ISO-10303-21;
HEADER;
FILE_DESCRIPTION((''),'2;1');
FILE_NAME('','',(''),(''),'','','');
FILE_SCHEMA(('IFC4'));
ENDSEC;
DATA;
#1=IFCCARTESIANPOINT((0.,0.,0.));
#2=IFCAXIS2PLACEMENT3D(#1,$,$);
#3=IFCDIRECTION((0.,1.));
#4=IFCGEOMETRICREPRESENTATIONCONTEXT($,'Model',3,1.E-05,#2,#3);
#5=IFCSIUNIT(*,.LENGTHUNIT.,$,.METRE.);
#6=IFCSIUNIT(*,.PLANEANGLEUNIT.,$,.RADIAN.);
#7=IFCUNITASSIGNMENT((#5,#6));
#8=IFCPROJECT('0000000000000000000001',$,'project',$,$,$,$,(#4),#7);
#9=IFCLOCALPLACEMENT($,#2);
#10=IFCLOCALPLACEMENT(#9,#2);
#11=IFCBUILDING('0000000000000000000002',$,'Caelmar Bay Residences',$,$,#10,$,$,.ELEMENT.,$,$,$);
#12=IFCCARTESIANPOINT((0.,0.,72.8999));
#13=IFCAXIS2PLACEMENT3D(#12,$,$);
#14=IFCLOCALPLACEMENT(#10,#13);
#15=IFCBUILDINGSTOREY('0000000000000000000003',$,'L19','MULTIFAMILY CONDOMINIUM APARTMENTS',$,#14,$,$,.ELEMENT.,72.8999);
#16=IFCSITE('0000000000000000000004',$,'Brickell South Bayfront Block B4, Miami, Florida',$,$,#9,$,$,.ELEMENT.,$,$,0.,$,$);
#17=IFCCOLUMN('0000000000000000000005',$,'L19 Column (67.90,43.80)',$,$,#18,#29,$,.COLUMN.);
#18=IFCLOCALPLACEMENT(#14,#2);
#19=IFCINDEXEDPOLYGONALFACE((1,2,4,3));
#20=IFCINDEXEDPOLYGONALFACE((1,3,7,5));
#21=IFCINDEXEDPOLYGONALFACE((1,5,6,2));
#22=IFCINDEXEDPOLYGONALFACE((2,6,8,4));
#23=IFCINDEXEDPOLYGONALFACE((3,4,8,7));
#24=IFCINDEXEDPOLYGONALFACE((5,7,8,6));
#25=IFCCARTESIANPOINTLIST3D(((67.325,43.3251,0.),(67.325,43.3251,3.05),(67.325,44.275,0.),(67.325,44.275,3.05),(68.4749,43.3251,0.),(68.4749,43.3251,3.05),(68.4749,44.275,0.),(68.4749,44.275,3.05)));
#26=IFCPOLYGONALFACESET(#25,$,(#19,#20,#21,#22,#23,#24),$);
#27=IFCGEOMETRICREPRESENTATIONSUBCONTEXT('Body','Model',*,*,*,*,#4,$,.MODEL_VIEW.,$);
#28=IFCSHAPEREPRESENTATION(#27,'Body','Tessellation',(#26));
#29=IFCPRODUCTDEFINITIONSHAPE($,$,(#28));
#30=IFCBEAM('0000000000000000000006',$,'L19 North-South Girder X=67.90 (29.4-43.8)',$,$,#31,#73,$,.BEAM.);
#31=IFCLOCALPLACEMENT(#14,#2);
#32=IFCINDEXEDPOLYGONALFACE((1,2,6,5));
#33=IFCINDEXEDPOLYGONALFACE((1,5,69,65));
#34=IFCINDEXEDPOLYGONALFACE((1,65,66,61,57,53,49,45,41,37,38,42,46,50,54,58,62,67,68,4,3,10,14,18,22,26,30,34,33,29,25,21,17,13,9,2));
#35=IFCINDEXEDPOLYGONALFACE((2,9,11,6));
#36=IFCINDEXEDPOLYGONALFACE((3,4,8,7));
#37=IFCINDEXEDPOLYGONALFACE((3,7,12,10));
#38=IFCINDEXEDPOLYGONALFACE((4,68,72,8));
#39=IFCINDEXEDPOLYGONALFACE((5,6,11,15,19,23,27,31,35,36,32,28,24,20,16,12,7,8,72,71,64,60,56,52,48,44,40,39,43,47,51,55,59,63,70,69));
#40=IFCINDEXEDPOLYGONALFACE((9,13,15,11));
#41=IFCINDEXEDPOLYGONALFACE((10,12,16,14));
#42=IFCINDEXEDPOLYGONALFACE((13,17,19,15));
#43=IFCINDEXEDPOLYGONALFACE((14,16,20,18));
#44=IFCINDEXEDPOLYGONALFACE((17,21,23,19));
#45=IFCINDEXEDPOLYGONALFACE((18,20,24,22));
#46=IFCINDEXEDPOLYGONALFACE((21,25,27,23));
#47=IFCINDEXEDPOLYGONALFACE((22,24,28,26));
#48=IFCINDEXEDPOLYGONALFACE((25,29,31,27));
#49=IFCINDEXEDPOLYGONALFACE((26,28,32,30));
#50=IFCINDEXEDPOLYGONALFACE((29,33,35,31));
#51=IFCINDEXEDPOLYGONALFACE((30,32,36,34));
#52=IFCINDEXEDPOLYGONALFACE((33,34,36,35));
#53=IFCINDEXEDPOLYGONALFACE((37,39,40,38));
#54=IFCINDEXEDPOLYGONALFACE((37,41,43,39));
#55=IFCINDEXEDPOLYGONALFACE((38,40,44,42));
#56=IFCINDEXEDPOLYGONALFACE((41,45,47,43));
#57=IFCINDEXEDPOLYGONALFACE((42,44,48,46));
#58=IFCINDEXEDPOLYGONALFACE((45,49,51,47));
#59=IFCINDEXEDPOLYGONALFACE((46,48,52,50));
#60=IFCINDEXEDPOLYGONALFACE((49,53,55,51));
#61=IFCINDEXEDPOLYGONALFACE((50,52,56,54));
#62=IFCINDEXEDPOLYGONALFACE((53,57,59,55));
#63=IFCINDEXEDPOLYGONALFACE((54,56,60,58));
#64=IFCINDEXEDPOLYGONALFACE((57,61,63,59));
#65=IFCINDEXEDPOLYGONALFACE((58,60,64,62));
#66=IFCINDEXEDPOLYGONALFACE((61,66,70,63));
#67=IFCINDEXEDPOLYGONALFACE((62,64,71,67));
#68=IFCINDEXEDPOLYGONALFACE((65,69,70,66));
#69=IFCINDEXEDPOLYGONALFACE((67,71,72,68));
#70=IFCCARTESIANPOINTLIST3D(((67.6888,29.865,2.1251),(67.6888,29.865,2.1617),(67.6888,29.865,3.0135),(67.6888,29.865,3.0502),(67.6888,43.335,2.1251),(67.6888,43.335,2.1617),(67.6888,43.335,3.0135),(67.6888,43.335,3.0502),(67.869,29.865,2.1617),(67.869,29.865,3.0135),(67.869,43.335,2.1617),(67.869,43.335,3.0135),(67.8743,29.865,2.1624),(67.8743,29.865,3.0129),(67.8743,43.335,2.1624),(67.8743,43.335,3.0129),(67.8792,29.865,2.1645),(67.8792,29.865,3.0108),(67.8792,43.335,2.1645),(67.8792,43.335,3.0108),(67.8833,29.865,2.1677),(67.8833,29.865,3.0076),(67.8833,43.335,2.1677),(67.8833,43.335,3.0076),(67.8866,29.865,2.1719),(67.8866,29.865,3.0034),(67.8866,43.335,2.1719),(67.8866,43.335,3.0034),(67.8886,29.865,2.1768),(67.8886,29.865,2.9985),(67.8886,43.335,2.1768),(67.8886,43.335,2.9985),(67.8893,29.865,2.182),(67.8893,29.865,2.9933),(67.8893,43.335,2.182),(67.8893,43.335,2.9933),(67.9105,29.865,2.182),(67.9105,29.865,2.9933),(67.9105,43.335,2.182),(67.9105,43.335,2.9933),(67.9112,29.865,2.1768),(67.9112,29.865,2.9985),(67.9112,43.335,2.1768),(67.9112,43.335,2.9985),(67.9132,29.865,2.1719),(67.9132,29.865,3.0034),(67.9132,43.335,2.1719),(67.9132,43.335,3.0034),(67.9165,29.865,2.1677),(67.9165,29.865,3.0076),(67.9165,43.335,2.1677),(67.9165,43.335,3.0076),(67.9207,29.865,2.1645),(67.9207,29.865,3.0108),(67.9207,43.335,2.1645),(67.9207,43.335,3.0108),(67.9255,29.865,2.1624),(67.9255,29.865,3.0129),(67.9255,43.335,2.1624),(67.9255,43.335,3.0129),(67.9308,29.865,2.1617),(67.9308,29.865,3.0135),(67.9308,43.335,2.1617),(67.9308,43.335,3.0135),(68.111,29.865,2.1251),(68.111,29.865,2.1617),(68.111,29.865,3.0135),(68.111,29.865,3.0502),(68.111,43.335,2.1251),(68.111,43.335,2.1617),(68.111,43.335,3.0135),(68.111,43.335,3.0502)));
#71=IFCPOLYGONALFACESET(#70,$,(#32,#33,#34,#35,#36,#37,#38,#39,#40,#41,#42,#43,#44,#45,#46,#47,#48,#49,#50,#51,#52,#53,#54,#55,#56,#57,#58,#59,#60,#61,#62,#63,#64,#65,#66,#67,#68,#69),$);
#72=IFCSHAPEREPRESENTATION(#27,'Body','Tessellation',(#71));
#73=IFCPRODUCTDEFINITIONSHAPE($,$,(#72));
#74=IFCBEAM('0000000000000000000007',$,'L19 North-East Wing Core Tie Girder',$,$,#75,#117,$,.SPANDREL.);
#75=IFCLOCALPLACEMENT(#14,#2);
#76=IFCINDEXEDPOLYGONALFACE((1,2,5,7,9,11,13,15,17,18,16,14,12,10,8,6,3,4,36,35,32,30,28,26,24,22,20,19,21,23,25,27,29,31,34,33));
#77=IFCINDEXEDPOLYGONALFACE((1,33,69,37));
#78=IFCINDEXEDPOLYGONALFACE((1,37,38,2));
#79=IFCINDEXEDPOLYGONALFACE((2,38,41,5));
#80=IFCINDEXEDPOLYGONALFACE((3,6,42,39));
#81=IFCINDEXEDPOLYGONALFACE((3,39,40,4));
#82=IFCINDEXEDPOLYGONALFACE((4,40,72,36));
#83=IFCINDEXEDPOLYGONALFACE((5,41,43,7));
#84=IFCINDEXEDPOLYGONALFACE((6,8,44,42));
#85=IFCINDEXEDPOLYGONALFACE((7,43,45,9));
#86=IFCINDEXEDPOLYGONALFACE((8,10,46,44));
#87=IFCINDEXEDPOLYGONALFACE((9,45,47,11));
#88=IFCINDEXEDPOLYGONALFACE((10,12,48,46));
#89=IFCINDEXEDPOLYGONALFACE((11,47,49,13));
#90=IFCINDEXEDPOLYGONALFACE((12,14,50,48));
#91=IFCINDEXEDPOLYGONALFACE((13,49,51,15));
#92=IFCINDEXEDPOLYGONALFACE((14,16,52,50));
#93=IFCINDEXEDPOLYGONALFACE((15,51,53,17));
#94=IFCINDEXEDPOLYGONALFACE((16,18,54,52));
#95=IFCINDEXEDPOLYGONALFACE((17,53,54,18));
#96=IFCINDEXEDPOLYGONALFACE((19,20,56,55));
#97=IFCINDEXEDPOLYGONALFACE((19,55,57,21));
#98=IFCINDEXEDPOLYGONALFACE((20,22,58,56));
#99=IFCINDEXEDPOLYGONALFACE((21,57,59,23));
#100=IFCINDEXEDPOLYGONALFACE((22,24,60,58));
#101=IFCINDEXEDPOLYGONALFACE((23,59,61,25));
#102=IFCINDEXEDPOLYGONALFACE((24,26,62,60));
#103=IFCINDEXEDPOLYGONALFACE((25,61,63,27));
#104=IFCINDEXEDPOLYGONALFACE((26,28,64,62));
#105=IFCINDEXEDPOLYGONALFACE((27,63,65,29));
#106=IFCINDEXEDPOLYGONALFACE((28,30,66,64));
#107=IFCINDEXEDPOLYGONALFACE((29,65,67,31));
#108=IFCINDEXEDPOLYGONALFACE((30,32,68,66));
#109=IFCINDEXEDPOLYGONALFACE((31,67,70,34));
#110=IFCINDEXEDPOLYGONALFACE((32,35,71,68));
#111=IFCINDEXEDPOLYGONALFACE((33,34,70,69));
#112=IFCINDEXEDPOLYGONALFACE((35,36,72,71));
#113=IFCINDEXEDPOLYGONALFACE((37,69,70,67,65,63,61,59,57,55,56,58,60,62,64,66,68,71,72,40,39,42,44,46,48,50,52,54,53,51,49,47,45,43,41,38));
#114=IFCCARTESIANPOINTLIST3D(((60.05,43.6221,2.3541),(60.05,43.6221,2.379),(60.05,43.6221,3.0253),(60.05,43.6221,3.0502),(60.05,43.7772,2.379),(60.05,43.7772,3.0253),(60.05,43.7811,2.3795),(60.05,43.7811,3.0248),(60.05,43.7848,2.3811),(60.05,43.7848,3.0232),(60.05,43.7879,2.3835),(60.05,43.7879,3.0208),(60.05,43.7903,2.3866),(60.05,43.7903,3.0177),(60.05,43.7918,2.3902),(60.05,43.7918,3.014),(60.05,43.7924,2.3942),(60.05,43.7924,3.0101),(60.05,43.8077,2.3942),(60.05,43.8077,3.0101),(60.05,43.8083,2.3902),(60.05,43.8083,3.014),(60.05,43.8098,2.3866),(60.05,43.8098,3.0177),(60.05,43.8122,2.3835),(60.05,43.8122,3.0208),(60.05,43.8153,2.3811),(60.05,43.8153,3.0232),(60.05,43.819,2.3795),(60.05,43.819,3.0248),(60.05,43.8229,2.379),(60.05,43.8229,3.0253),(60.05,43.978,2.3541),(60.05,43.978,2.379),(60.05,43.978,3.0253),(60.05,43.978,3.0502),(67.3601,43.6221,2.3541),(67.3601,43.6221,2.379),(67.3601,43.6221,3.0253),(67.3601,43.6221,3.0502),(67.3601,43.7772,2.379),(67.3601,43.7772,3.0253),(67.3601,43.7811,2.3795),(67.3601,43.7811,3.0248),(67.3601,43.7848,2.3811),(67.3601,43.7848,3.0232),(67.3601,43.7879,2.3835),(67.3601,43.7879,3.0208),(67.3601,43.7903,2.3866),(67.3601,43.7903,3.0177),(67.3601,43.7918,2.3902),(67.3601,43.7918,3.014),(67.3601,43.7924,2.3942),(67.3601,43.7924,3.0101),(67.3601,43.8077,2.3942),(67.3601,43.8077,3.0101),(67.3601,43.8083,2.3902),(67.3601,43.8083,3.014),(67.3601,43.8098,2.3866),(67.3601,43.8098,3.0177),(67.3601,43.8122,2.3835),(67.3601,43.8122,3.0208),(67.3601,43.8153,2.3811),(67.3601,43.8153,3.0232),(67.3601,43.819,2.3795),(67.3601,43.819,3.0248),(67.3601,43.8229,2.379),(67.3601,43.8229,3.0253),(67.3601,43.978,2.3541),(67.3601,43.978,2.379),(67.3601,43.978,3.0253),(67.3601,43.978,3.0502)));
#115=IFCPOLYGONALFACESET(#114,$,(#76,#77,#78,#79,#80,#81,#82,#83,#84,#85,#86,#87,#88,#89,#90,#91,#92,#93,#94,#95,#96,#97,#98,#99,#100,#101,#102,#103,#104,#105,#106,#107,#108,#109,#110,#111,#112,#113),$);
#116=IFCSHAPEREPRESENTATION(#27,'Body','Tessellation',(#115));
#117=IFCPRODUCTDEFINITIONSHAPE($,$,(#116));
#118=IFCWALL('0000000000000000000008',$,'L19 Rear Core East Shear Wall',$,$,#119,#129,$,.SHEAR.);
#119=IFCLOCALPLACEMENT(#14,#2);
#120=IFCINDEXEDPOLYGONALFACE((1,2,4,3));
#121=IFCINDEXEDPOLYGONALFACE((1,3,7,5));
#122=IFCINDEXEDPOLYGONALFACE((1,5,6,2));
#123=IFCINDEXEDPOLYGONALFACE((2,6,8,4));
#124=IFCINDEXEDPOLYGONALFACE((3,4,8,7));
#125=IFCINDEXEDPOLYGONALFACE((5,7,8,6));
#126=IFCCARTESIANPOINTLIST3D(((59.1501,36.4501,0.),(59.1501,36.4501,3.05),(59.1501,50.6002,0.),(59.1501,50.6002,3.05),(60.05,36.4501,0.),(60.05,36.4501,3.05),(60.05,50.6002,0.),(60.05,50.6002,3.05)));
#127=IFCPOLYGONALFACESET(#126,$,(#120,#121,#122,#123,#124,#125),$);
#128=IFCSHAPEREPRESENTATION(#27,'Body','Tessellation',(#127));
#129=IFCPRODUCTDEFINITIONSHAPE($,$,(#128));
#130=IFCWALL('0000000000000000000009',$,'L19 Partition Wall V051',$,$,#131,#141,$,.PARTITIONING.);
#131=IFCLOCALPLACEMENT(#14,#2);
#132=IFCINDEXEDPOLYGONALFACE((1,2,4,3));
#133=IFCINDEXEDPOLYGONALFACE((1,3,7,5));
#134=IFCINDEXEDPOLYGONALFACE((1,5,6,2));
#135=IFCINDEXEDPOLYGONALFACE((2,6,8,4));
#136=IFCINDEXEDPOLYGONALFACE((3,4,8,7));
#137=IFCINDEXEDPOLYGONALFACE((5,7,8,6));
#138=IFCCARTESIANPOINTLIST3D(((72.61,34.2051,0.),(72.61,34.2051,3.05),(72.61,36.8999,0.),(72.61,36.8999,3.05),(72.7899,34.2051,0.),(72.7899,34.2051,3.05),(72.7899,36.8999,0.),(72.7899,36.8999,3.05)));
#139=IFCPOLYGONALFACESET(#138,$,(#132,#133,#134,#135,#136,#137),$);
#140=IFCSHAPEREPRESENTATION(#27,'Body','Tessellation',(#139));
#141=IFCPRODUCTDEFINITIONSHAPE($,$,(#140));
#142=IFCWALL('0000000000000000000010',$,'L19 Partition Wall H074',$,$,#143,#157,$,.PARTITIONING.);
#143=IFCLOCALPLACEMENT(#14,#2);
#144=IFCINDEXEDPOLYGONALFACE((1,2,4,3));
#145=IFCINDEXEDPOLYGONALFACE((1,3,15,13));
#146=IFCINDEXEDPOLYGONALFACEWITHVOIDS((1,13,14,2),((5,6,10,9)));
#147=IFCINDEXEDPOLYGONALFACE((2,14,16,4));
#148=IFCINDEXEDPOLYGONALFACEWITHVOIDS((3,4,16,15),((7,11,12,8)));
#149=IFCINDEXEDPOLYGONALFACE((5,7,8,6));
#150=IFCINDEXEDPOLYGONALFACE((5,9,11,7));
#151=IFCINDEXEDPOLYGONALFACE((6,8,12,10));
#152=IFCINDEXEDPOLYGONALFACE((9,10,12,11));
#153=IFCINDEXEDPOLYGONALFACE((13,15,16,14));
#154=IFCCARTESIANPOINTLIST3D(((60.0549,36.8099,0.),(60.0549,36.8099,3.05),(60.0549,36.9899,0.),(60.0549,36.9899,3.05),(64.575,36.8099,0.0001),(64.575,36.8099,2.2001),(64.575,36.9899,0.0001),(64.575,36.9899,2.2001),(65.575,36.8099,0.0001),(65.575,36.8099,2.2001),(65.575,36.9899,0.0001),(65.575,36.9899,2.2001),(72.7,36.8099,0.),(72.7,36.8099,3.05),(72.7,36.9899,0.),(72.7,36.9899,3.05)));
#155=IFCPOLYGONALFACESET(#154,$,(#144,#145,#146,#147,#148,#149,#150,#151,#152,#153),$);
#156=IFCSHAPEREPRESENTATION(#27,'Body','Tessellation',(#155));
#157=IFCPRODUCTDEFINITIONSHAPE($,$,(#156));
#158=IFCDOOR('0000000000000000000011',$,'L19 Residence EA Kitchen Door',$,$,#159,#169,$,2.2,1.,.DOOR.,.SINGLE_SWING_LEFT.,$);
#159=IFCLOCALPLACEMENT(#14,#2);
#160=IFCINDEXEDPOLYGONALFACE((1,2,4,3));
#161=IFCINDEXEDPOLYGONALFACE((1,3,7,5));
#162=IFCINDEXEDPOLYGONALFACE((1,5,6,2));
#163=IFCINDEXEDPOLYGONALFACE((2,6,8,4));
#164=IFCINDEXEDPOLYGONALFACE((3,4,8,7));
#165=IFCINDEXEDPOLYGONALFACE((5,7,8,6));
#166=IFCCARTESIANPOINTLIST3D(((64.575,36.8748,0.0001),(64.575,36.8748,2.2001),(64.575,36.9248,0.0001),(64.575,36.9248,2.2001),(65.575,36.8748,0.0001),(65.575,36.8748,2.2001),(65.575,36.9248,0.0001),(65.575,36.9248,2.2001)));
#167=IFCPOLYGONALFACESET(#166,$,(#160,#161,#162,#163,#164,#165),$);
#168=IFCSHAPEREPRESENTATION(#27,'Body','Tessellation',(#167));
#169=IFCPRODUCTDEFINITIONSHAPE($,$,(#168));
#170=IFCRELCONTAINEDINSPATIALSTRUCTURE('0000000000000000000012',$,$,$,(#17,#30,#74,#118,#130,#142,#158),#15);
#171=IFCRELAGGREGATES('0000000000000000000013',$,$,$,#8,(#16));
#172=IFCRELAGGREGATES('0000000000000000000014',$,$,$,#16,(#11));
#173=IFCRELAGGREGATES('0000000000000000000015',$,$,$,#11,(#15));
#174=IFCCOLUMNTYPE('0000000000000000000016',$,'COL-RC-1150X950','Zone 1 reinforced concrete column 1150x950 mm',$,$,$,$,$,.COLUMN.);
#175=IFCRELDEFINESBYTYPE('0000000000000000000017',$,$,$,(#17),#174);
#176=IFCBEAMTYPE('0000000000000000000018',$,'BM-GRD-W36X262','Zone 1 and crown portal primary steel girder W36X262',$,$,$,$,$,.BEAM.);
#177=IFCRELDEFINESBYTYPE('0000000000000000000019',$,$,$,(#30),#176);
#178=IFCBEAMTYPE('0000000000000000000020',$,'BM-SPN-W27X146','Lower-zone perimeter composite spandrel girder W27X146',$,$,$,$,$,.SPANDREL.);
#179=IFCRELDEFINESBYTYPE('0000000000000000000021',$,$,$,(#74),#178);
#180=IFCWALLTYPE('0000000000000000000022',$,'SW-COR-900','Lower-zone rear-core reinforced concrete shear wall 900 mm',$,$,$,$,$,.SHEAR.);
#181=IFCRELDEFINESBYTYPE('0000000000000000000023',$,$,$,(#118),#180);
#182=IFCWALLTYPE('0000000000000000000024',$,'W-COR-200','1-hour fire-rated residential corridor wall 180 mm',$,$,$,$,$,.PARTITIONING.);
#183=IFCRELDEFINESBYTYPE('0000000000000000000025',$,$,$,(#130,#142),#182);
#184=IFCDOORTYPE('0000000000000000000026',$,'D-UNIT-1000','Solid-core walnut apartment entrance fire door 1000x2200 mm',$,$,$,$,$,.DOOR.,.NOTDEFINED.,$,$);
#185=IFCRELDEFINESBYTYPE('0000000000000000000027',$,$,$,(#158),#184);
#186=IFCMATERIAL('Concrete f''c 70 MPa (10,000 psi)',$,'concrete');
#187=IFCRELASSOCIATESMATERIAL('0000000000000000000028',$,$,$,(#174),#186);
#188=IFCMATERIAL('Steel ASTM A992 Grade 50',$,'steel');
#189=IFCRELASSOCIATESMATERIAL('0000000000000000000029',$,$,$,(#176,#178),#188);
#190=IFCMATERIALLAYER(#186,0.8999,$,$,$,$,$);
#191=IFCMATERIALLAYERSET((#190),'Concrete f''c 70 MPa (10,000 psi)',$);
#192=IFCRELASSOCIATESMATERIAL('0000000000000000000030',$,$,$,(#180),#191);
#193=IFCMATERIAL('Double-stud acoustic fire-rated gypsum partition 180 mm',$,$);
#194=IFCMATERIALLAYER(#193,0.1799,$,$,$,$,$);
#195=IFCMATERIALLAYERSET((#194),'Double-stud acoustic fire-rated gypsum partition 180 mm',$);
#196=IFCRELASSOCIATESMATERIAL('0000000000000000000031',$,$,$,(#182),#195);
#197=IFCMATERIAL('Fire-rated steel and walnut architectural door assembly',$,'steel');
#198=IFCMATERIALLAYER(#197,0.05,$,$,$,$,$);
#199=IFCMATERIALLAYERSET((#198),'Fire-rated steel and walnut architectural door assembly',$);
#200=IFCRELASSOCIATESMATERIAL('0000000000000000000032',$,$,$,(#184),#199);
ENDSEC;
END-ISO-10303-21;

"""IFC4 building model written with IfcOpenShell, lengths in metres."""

from ifc_helpers import new_model, si_unit, direction, frame, frame_2d, origin, origin_2d, place, context, subcontext, project, spatial, rectangle, i_section, extrude, material, layer, layer_set, material_profile, profile_set, type_object, element, fill, save


model = new_model("IFC4")

# Units and contexts
model_context = context("Model", 3, precision=1e-05, world=origin(), true_north=direction((0.0, 1.0)))
body_context = subcontext(model_context, "Body", "Model", "MODEL_VIEW")
ifc_project = project(units=[si_unit("LENGTHUNIT", "METRE"), si_unit("PLANEANGLEUNIT", "RADIAN")], contexts=[model_context])

# Site, building, storey
site_placement = place(None, origin())
site = spatial("IfcSite", under=ifc_project, at=site_placement, Name="Brickell South Bayfront Block B4, Miami, Florida", CompositionType="ELEMENT", RefElevation=0.0)
building_placement = place(site_placement, origin())
building = spatial("IfcBuilding", under=site, at=building_placement, Name="Caelmar Bay Residences", CompositionType="ELEMENT")
storey_placement = place(building_placement, frame((0.0, 0.0, 72.8999)))
storey = spatial("IfcBuildingStorey", under=building, at=storey_placement, Name="L19", Description="MULTIFAMILY CONDOMINIUM APARTMENTS", CompositionType="ELEMENT", Elevation=72.8999)

# Column
ifc_material_1 = material(Name="Concrete f'c 70 MPa (10,000 psi)", Category="concrete")
ifc_material_profile_1 = material_profile(ifc_material_1, rectangle(XDim=1.1499, YDim=0.95, at=origin_2d()), Name="RC-COL-1150X950")
ifc_profile_set_1 = profile_set([ifc_material_profile_1], Name="Concrete f'c 70 MPa (10,000 psi)")
column_type = type_object("IfcColumnType", Name="COL-RC-1150X950", Description="Zone 1 reinforced concrete column 1150x950 mm", PredefinedType="COLUMN", material=ifc_profile_set_1)
column_placement = place(storey_placement, frame((67.8999, 43.8, 0.0), z_axis=(0.0, 0.0, 1.0), x_axis=(1.0, 0.0, 0.0)))
element("IfcColumn", 1, at=column_placement, inside=storey, type_object=column_type, Name="L19 Column (67.90,43.80)", PredefinedType="COLUMN", context=body_context, shape_type="SweptSolid", body=[
    extrude(rectangle(XDim=1.1499, YDim=0.95, at=origin_2d()), origin(), (0.0, 0.0, 1.0), 3.05),
])

# Beams
ifc_material_2 = material(Name="Steel ASTM A992 Grade 50", Category="steel")
ifc_material_profile_2 = material_profile(ifc_material_2, i_section(OverallWidth=0.4221, OverallDepth=0.925, WebThickness=0.0212, FlangeThickness=0.0366, FilletRadius=0.0203, at=origin_2d()), Name="W36X262")
ifc_profile_set_2 = profile_set([ifc_material_profile_2], Name="Steel ASTM A992 Grade 50")
beam_type_1 = type_object("IfcBeamType", Name="BM-GRD-W36X262", Description="Zone 1 and crown portal primary steel girder W36X262", PredefinedType="BEAM", material=ifc_profile_set_2)
beam_1_placement = place(storey_placement, frame((67.8999, 29.865, 2.5876), z_axis=(0.0, 1.0, 0.0), x_axis=(-1.0, 0.0, 0.0)))
element("IfcBeam", 2, at=beam_1_placement, inside=storey, type_object=beam_type_1, Name="L19 North-South Girder X=67.90 (29.4-43.8)", PredefinedType="BEAM", context=body_context, shape_type="SweptSolid", body=[
    extrude(i_section(OverallWidth=0.4221, OverallDepth=0.925, WebThickness=0.0212, FlangeThickness=0.0366, FilletRadius=0.0203, at=origin_2d()), origin(), (0.0, 0.0, 1.0), 13.47),
])
ifc_material_profile_3 = material_profile(ifc_material_2, i_section(OverallWidth=0.356, OverallDepth=0.696, WebThickness=0.0154, FlangeThickness=0.0249, FilletRadius=0.0151, at=origin_2d()), Name="W27X146")
ifc_profile_set_3 = profile_set([ifc_material_profile_3], Name="Steel ASTM A992 Grade 50")
beam_type_2 = type_object("IfcBeamType", Name="BM-SPN-W27X146", Description="Lower-zone perimeter composite spandrel girder W27X146", PredefinedType="SPANDREL", material=ifc_profile_set_3)
beam_2_placement = place(storey_placement, frame((60.05, 43.8, 2.7021), z_axis=(1.0, 0.0, 0.0), x_axis=(0.0, 1.0, 0.0)))
element("IfcBeam", 3, at=beam_2_placement, inside=storey, type_object=beam_type_2, Name="L19 North-East Wing Core Tie Girder", PredefinedType="SPANDREL", context=body_context, shape_type="SweptSolid", body=[
    extrude(i_section(OverallWidth=0.356, OverallDepth=0.696, WebThickness=0.0154, FlangeThickness=0.0249, FilletRadius=0.0151, at=origin_2d()), origin(), (0.0, 0.0, 1.0), 7.3101),
])

# Walls
ifc_layer_1 = layer(ifc_material_1, 0.8999)
ifc_layer_set_1 = layer_set([ifc_layer_1], Name="Concrete f'c 70 MPa (10,000 psi)")
wall_type_1 = type_object("IfcWallType", Name="SW-COR-900", Description="Lower-zone rear-core reinforced concrete shear wall 900 mm", PredefinedType="SHEAR", material=ifc_layer_set_1)
wall_1_placement = place(storey_placement, frame((59.6001, 36.45, 0.0), z_axis=(0.0, 0.0, 1.0), x_axis=(0.0, 1.0, 0.0)))
element("IfcWall", 4, at=wall_1_placement, inside=storey, type_object=wall_type_1, Name="L19 Rear Core East Shear Wall", PredefinedType="SHEAR", context=body_context, shape_type="SweptSolid", body=[
    extrude(rectangle(XDim=14.1501, YDim=0.8999, at=frame_2d((7.0752, 0.0))), origin(), (0.0, 0.0, 1.0), 3.05),
])
ifc_material_3 = material(Name="Double-stud acoustic fire-rated gypsum partition 180 mm")
ifc_layer_2 = layer(ifc_material_3, 0.1799)
ifc_layer_set_2 = layer_set([ifc_layer_2], Name="Double-stud acoustic fire-rated gypsum partition 180 mm")
wall_type_2 = type_object("IfcWallType", Name="W-COR-200", Description="1-hour fire-rated residential corridor wall 180 mm", PredefinedType="PARTITIONING", material=ifc_layer_set_2)
wall_2_placement = place(storey_placement, frame((72.7, 34.2051, 0.0), z_axis=(0.0, 0.0, 1.0), x_axis=(0.0, 1.0, 0.0)))
element("IfcWall", 5, at=wall_2_placement, inside=storey, type_object=wall_type_2, Name="L19 Partition Wall V051", PredefinedType="PARTITIONING", context=body_context, shape_type="SweptSolid", body=[
    extrude(rectangle(XDim=2.6948, YDim=0.1799, at=frame_2d((1.3474, 0.0))), origin(), (0.0, 0.0, 1.0), 3.05),
])

# Wall, opening, door
wall_3_placement = place(storey_placement, frame((60.0549, 36.8999, 0.0), z_axis=(0.0, 0.0, 1.0), x_axis=(1.0, 0.0, 0.0)))
wall_3 = element("IfcWall", 6, at=wall_3_placement, inside=storey, type_object=wall_type_2, Name="L19 Partition Wall H074", PredefinedType="PARTITIONING", context=body_context, shape_type="SweptSolid", body=[
    extrude(rectangle(XDim=12.645, YDim=0.1799, at=frame_2d((6.3225, 0.0))), origin(), (0.0, 0.0, 1.0), 3.05),
])
opening_1_placement = place(wall_3_placement, frame((4.52, 0.0, 0.0)))
opening_1 = element("IfcOpeningElement", 7, at=opening_1_placement, cuts=wall_3, PredefinedType="OPENING", context=body_context, shape_type="SweptSolid", body=[
    extrude(rectangle(XDim=1.0, YDim=2.2, at=frame_2d((0.5, 1.1001))), frame((0.0, 0.0999, 0.0), z_axis=(0.0, -1.0, 0.0), x_axis=(1.0, 0.0, 0.0)), (0.0, 0.0, 1.0), 0.2),
])
ifc_material_4 = material(Name="Fire-rated steel and walnut architectural door assembly", Category="steel")
ifc_layer_3 = layer(ifc_material_4, 0.05)
ifc_layer_set_3 = layer_set([ifc_layer_3], Name="Fire-rated steel and walnut architectural door assembly")
door_type_1 = type_object("IfcDoorType", Name="D-UNIT-1000", Description="Solid-core walnut apartment entrance fire door 1000x2200 mm", OperationType="NOTDEFINED", PredefinedType="DOOR", material=ifc_layer_set_3)
door_1_placement = place(opening_1_placement, origin())
door_1 = element("IfcDoor", 8, at=door_1_placement, inside=storey, type_object=door_type_1, Name="L19 Residence EA Kitchen Door", OperationType="SINGLE_SWING_LEFT", OverallHeight=2.2, OverallWidth=1.0, PredefinedType="DOOR", context=body_context, shape_type="SweptSolid", body=[
    extrude(rectangle(XDim=1.0, YDim=2.2, at=frame_2d((0.5, 1.1001))), frame((0.0, 0.0249, 0.0), z_axis=(0.0, -1.0, 0.0), x_axis=(1.0, 0.0, 0.0)), (0.0, 0.0, 1.0), 0.05),
])
fill(opening_1, door_1)

save(model, "model.ifc")
